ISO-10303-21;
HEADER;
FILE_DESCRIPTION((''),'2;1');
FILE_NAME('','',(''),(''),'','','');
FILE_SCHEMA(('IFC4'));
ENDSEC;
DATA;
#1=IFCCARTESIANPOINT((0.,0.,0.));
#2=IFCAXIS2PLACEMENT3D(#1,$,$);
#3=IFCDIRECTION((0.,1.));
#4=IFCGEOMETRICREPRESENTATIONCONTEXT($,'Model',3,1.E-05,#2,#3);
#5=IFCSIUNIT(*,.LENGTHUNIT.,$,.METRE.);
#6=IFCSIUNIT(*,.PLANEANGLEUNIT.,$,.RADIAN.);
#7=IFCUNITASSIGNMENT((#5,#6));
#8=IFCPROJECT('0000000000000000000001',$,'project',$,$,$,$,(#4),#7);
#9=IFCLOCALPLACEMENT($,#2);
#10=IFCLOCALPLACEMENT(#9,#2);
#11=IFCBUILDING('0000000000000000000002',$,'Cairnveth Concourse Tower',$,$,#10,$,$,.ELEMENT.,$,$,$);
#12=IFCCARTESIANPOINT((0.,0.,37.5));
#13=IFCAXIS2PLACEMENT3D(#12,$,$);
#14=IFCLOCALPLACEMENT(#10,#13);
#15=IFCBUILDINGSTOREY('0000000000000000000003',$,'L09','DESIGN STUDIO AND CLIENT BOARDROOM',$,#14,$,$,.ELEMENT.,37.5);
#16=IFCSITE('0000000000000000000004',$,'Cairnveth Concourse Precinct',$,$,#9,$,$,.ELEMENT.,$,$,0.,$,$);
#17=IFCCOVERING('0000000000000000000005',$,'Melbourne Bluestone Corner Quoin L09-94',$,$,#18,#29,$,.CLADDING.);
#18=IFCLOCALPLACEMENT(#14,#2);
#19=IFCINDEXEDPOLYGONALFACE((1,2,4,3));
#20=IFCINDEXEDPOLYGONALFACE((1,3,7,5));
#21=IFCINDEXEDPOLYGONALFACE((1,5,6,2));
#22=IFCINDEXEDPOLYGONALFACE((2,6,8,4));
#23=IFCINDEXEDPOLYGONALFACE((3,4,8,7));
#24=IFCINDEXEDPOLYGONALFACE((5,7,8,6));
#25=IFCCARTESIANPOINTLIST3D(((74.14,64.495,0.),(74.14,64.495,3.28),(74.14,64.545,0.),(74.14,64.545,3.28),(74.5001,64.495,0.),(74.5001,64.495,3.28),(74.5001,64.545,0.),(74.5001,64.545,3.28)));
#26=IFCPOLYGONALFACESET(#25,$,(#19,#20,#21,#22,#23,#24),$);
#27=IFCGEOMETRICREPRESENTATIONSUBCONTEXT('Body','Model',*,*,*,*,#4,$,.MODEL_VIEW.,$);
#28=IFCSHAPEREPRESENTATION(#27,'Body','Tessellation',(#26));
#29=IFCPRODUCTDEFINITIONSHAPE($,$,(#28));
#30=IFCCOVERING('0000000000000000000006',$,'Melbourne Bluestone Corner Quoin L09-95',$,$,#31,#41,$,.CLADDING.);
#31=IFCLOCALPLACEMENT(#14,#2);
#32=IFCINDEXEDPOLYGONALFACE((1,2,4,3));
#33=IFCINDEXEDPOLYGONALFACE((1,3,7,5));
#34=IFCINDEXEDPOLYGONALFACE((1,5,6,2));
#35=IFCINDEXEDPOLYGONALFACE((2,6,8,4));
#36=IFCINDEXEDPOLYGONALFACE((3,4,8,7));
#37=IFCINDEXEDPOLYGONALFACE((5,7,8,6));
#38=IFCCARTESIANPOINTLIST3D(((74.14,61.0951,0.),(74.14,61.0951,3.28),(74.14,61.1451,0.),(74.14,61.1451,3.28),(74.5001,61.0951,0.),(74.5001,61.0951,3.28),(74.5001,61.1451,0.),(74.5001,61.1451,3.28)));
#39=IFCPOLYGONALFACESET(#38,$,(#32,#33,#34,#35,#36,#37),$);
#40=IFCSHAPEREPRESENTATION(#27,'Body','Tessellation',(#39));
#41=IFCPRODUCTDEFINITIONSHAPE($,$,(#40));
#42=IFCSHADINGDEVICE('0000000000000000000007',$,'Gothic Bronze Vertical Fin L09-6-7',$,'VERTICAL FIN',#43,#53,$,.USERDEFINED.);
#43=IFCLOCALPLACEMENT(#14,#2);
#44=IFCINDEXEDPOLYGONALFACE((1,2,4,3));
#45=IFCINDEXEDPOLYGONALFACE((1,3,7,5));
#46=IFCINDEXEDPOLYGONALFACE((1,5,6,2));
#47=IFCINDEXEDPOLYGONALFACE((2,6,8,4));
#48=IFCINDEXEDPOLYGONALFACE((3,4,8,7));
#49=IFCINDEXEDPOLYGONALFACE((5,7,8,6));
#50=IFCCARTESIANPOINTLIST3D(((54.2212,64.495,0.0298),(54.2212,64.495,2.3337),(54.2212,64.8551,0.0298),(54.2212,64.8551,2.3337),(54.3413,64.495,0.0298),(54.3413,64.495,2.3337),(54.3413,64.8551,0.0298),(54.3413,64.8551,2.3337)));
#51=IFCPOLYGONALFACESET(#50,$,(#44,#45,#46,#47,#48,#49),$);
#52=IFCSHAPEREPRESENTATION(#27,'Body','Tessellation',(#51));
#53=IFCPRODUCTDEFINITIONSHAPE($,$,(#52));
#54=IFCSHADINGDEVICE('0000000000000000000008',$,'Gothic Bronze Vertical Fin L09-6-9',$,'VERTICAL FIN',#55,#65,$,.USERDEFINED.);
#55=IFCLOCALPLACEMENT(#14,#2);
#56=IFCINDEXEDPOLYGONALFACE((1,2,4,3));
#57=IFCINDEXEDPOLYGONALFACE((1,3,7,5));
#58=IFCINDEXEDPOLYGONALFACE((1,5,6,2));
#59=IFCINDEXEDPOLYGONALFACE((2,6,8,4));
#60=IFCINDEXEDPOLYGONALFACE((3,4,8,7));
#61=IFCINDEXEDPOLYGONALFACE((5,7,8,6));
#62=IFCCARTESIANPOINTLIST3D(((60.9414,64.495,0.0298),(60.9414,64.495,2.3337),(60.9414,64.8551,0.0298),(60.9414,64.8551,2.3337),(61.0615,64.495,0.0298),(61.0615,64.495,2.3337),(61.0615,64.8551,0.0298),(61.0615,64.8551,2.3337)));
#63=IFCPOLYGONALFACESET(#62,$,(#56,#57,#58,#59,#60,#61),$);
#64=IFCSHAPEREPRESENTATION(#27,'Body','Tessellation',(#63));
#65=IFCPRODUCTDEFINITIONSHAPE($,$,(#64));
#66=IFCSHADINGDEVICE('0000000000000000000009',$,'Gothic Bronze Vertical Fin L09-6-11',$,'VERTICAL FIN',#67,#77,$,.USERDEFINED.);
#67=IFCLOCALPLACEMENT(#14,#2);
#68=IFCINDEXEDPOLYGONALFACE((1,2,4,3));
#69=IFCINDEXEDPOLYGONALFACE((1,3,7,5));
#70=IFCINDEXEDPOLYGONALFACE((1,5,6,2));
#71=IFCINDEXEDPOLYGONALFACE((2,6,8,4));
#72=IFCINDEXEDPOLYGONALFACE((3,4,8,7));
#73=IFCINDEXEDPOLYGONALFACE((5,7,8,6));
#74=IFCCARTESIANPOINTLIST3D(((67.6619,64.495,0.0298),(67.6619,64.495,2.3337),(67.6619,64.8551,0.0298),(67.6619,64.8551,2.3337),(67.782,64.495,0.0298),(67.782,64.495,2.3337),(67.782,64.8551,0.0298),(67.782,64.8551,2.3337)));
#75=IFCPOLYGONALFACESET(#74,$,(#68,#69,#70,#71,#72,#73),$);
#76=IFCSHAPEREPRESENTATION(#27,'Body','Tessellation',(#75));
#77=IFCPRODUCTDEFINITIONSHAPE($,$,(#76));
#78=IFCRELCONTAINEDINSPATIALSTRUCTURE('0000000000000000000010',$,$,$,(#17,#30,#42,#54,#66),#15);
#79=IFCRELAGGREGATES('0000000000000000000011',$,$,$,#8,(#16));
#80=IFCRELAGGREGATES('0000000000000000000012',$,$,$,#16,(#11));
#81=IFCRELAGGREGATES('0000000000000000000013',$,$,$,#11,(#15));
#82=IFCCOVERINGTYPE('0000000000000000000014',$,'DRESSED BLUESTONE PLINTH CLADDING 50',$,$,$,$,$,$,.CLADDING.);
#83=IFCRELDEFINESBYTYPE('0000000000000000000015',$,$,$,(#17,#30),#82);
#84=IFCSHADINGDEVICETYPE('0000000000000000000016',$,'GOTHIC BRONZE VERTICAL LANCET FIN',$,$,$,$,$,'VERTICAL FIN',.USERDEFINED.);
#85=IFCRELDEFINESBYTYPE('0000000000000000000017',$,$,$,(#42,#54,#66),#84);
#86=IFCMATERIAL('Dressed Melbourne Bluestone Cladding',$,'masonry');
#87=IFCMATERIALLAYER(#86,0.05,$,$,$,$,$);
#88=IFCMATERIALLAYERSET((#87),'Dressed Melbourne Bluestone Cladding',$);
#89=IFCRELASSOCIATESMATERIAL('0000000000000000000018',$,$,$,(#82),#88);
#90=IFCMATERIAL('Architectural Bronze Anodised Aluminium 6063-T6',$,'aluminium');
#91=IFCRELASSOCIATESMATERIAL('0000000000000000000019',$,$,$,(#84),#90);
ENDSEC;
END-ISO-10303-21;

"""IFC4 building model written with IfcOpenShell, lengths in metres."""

from ifc_helpers import new_model, si_unit, direction, frame, frame_2d, origin, origin_2d, place, context, subcontext, project, spatial, rectangle, extrude, material, layer, layer_set, type_object, element, save


model = new_model("IFC4")

# Units and contexts
model_context = context("Model", 3, precision=1e-05, world=origin(), true_north=direction((0.0, 1.0)))
body_context = subcontext(model_context, "Body", "Model", "MODEL_VIEW")
ifc_project = project(units=[si_unit("LENGTHUNIT", "METRE"), si_unit("PLANEANGLEUNIT", "RADIAN")], contexts=[model_context])

# Site, building, storey
site_placement = place(None, origin())
site = spatial("IfcSite", under=ifc_project, at=site_placement, Name="Cairnveth Concourse Precinct", CompositionType="ELEMENT", RefElevation=0.0)
building_placement = place(site_placement, origin())
building = spatial("IfcBuilding", under=site, at=building_placement, Name="Cairnveth Concourse Tower", CompositionType="ELEMENT")
storey_placement = place(building_placement, frame((0.0, 0.0, 37.5)))
storey = spatial("IfcBuildingStorey", under=building, at=storey_placement, Name="L09", Description="DESIGN STUDIO AND CLIENT BOARDROOM", CompositionType="ELEMENT", Elevation=37.5)

# Coverings
ifc_material_1 = material(Name="Dressed Melbourne Bluestone Cladding", Category="masonry")
ifc_layer_1 = layer(ifc_material_1, 0.05)
ifc_layer_set_1 = layer_set([ifc_layer_1], Name="Dressed Melbourne Bluestone Cladding")
covering_type = type_object("IfcCoveringType", Name="DRESSED BLUESTONE PLINTH CLADDING 50", PredefinedType="CLADDING", material=ifc_layer_set_1)
for number, where, z_axis, x_axis, name in (
    (1, (74.1399, 64.52, 0.0), (0.0, 0.0, 1.0), (1.0, 0.0, 0.0), "Melbourne Bluestone Corner Quoin L09-94"),
    (2, (74.1399, 61.1201, 0.0), (0.0, 0.0, 1.0), (1.0, 0.0, 0.0), "Melbourne Bluestone Corner Quoin L09-95"),
):
    element("IfcCovering", number, at=place(storey_placement, frame(where, z_axis=z_axis, x_axis=x_axis)), inside=storey, type_object=covering_type, Name=name, PredefinedType="CLADDING", context=body_context, shape_type="SweptSolid", body=[
        extrude(rectangle(XDim=0.3601, YDim=0.05, at=frame_2d((0.1802, 0.0))), origin(), (0.0, 0.0, 1.0), 3.28),
    ])

# Shading devices
ifc_material_2 = material(Name="Architectural Bronze Anodised Aluminium 6063-T6", Category="aluminium")
shading_device_type = type_object("IfcShadingDeviceType", Name="GOTHIC BRONZE VERTICAL LANCET FIN", ElementType="VERTICAL FIN", PredefinedType="USERDEFINED", material=ifc_material_2)
for number, where, z_axis, x_axis, name in (
    (3, (54.2812, 64.675, 0.0298), (0.0, 0.0, 1.0), (1.0, 0.0, 0.0), "Gothic Bronze Vertical Fin L09-6-7"),
    (4, (61.0015, 64.675, 0.0298), (0.0, 0.0, 1.0), (1.0, 0.0, 0.0), "Gothic Bronze Vertical Fin L09-6-9"),
    (5, (67.7219, 64.675, 0.0298), (0.0, 0.0, 1.0), (1.0, 0.0, 0.0), "Gothic Bronze Vertical Fin L09-6-11"),
):
    element("IfcShadingDevice", number, at=place(storey_placement, frame(where, z_axis=z_axis, x_axis=x_axis)), inside=storey, type_object=shading_device_type, Name=name, ObjectType="VERTICAL FIN", PredefinedType="USERDEFINED", context=body_context, shape_type="SweptSolid", body=[
        extrude(rectangle(XDim=0.1201, YDim=0.3601, at=origin_2d()), origin(), (0.0, 0.0, 1.0), 2.304),
    ])

save(model, "model.ifc")
